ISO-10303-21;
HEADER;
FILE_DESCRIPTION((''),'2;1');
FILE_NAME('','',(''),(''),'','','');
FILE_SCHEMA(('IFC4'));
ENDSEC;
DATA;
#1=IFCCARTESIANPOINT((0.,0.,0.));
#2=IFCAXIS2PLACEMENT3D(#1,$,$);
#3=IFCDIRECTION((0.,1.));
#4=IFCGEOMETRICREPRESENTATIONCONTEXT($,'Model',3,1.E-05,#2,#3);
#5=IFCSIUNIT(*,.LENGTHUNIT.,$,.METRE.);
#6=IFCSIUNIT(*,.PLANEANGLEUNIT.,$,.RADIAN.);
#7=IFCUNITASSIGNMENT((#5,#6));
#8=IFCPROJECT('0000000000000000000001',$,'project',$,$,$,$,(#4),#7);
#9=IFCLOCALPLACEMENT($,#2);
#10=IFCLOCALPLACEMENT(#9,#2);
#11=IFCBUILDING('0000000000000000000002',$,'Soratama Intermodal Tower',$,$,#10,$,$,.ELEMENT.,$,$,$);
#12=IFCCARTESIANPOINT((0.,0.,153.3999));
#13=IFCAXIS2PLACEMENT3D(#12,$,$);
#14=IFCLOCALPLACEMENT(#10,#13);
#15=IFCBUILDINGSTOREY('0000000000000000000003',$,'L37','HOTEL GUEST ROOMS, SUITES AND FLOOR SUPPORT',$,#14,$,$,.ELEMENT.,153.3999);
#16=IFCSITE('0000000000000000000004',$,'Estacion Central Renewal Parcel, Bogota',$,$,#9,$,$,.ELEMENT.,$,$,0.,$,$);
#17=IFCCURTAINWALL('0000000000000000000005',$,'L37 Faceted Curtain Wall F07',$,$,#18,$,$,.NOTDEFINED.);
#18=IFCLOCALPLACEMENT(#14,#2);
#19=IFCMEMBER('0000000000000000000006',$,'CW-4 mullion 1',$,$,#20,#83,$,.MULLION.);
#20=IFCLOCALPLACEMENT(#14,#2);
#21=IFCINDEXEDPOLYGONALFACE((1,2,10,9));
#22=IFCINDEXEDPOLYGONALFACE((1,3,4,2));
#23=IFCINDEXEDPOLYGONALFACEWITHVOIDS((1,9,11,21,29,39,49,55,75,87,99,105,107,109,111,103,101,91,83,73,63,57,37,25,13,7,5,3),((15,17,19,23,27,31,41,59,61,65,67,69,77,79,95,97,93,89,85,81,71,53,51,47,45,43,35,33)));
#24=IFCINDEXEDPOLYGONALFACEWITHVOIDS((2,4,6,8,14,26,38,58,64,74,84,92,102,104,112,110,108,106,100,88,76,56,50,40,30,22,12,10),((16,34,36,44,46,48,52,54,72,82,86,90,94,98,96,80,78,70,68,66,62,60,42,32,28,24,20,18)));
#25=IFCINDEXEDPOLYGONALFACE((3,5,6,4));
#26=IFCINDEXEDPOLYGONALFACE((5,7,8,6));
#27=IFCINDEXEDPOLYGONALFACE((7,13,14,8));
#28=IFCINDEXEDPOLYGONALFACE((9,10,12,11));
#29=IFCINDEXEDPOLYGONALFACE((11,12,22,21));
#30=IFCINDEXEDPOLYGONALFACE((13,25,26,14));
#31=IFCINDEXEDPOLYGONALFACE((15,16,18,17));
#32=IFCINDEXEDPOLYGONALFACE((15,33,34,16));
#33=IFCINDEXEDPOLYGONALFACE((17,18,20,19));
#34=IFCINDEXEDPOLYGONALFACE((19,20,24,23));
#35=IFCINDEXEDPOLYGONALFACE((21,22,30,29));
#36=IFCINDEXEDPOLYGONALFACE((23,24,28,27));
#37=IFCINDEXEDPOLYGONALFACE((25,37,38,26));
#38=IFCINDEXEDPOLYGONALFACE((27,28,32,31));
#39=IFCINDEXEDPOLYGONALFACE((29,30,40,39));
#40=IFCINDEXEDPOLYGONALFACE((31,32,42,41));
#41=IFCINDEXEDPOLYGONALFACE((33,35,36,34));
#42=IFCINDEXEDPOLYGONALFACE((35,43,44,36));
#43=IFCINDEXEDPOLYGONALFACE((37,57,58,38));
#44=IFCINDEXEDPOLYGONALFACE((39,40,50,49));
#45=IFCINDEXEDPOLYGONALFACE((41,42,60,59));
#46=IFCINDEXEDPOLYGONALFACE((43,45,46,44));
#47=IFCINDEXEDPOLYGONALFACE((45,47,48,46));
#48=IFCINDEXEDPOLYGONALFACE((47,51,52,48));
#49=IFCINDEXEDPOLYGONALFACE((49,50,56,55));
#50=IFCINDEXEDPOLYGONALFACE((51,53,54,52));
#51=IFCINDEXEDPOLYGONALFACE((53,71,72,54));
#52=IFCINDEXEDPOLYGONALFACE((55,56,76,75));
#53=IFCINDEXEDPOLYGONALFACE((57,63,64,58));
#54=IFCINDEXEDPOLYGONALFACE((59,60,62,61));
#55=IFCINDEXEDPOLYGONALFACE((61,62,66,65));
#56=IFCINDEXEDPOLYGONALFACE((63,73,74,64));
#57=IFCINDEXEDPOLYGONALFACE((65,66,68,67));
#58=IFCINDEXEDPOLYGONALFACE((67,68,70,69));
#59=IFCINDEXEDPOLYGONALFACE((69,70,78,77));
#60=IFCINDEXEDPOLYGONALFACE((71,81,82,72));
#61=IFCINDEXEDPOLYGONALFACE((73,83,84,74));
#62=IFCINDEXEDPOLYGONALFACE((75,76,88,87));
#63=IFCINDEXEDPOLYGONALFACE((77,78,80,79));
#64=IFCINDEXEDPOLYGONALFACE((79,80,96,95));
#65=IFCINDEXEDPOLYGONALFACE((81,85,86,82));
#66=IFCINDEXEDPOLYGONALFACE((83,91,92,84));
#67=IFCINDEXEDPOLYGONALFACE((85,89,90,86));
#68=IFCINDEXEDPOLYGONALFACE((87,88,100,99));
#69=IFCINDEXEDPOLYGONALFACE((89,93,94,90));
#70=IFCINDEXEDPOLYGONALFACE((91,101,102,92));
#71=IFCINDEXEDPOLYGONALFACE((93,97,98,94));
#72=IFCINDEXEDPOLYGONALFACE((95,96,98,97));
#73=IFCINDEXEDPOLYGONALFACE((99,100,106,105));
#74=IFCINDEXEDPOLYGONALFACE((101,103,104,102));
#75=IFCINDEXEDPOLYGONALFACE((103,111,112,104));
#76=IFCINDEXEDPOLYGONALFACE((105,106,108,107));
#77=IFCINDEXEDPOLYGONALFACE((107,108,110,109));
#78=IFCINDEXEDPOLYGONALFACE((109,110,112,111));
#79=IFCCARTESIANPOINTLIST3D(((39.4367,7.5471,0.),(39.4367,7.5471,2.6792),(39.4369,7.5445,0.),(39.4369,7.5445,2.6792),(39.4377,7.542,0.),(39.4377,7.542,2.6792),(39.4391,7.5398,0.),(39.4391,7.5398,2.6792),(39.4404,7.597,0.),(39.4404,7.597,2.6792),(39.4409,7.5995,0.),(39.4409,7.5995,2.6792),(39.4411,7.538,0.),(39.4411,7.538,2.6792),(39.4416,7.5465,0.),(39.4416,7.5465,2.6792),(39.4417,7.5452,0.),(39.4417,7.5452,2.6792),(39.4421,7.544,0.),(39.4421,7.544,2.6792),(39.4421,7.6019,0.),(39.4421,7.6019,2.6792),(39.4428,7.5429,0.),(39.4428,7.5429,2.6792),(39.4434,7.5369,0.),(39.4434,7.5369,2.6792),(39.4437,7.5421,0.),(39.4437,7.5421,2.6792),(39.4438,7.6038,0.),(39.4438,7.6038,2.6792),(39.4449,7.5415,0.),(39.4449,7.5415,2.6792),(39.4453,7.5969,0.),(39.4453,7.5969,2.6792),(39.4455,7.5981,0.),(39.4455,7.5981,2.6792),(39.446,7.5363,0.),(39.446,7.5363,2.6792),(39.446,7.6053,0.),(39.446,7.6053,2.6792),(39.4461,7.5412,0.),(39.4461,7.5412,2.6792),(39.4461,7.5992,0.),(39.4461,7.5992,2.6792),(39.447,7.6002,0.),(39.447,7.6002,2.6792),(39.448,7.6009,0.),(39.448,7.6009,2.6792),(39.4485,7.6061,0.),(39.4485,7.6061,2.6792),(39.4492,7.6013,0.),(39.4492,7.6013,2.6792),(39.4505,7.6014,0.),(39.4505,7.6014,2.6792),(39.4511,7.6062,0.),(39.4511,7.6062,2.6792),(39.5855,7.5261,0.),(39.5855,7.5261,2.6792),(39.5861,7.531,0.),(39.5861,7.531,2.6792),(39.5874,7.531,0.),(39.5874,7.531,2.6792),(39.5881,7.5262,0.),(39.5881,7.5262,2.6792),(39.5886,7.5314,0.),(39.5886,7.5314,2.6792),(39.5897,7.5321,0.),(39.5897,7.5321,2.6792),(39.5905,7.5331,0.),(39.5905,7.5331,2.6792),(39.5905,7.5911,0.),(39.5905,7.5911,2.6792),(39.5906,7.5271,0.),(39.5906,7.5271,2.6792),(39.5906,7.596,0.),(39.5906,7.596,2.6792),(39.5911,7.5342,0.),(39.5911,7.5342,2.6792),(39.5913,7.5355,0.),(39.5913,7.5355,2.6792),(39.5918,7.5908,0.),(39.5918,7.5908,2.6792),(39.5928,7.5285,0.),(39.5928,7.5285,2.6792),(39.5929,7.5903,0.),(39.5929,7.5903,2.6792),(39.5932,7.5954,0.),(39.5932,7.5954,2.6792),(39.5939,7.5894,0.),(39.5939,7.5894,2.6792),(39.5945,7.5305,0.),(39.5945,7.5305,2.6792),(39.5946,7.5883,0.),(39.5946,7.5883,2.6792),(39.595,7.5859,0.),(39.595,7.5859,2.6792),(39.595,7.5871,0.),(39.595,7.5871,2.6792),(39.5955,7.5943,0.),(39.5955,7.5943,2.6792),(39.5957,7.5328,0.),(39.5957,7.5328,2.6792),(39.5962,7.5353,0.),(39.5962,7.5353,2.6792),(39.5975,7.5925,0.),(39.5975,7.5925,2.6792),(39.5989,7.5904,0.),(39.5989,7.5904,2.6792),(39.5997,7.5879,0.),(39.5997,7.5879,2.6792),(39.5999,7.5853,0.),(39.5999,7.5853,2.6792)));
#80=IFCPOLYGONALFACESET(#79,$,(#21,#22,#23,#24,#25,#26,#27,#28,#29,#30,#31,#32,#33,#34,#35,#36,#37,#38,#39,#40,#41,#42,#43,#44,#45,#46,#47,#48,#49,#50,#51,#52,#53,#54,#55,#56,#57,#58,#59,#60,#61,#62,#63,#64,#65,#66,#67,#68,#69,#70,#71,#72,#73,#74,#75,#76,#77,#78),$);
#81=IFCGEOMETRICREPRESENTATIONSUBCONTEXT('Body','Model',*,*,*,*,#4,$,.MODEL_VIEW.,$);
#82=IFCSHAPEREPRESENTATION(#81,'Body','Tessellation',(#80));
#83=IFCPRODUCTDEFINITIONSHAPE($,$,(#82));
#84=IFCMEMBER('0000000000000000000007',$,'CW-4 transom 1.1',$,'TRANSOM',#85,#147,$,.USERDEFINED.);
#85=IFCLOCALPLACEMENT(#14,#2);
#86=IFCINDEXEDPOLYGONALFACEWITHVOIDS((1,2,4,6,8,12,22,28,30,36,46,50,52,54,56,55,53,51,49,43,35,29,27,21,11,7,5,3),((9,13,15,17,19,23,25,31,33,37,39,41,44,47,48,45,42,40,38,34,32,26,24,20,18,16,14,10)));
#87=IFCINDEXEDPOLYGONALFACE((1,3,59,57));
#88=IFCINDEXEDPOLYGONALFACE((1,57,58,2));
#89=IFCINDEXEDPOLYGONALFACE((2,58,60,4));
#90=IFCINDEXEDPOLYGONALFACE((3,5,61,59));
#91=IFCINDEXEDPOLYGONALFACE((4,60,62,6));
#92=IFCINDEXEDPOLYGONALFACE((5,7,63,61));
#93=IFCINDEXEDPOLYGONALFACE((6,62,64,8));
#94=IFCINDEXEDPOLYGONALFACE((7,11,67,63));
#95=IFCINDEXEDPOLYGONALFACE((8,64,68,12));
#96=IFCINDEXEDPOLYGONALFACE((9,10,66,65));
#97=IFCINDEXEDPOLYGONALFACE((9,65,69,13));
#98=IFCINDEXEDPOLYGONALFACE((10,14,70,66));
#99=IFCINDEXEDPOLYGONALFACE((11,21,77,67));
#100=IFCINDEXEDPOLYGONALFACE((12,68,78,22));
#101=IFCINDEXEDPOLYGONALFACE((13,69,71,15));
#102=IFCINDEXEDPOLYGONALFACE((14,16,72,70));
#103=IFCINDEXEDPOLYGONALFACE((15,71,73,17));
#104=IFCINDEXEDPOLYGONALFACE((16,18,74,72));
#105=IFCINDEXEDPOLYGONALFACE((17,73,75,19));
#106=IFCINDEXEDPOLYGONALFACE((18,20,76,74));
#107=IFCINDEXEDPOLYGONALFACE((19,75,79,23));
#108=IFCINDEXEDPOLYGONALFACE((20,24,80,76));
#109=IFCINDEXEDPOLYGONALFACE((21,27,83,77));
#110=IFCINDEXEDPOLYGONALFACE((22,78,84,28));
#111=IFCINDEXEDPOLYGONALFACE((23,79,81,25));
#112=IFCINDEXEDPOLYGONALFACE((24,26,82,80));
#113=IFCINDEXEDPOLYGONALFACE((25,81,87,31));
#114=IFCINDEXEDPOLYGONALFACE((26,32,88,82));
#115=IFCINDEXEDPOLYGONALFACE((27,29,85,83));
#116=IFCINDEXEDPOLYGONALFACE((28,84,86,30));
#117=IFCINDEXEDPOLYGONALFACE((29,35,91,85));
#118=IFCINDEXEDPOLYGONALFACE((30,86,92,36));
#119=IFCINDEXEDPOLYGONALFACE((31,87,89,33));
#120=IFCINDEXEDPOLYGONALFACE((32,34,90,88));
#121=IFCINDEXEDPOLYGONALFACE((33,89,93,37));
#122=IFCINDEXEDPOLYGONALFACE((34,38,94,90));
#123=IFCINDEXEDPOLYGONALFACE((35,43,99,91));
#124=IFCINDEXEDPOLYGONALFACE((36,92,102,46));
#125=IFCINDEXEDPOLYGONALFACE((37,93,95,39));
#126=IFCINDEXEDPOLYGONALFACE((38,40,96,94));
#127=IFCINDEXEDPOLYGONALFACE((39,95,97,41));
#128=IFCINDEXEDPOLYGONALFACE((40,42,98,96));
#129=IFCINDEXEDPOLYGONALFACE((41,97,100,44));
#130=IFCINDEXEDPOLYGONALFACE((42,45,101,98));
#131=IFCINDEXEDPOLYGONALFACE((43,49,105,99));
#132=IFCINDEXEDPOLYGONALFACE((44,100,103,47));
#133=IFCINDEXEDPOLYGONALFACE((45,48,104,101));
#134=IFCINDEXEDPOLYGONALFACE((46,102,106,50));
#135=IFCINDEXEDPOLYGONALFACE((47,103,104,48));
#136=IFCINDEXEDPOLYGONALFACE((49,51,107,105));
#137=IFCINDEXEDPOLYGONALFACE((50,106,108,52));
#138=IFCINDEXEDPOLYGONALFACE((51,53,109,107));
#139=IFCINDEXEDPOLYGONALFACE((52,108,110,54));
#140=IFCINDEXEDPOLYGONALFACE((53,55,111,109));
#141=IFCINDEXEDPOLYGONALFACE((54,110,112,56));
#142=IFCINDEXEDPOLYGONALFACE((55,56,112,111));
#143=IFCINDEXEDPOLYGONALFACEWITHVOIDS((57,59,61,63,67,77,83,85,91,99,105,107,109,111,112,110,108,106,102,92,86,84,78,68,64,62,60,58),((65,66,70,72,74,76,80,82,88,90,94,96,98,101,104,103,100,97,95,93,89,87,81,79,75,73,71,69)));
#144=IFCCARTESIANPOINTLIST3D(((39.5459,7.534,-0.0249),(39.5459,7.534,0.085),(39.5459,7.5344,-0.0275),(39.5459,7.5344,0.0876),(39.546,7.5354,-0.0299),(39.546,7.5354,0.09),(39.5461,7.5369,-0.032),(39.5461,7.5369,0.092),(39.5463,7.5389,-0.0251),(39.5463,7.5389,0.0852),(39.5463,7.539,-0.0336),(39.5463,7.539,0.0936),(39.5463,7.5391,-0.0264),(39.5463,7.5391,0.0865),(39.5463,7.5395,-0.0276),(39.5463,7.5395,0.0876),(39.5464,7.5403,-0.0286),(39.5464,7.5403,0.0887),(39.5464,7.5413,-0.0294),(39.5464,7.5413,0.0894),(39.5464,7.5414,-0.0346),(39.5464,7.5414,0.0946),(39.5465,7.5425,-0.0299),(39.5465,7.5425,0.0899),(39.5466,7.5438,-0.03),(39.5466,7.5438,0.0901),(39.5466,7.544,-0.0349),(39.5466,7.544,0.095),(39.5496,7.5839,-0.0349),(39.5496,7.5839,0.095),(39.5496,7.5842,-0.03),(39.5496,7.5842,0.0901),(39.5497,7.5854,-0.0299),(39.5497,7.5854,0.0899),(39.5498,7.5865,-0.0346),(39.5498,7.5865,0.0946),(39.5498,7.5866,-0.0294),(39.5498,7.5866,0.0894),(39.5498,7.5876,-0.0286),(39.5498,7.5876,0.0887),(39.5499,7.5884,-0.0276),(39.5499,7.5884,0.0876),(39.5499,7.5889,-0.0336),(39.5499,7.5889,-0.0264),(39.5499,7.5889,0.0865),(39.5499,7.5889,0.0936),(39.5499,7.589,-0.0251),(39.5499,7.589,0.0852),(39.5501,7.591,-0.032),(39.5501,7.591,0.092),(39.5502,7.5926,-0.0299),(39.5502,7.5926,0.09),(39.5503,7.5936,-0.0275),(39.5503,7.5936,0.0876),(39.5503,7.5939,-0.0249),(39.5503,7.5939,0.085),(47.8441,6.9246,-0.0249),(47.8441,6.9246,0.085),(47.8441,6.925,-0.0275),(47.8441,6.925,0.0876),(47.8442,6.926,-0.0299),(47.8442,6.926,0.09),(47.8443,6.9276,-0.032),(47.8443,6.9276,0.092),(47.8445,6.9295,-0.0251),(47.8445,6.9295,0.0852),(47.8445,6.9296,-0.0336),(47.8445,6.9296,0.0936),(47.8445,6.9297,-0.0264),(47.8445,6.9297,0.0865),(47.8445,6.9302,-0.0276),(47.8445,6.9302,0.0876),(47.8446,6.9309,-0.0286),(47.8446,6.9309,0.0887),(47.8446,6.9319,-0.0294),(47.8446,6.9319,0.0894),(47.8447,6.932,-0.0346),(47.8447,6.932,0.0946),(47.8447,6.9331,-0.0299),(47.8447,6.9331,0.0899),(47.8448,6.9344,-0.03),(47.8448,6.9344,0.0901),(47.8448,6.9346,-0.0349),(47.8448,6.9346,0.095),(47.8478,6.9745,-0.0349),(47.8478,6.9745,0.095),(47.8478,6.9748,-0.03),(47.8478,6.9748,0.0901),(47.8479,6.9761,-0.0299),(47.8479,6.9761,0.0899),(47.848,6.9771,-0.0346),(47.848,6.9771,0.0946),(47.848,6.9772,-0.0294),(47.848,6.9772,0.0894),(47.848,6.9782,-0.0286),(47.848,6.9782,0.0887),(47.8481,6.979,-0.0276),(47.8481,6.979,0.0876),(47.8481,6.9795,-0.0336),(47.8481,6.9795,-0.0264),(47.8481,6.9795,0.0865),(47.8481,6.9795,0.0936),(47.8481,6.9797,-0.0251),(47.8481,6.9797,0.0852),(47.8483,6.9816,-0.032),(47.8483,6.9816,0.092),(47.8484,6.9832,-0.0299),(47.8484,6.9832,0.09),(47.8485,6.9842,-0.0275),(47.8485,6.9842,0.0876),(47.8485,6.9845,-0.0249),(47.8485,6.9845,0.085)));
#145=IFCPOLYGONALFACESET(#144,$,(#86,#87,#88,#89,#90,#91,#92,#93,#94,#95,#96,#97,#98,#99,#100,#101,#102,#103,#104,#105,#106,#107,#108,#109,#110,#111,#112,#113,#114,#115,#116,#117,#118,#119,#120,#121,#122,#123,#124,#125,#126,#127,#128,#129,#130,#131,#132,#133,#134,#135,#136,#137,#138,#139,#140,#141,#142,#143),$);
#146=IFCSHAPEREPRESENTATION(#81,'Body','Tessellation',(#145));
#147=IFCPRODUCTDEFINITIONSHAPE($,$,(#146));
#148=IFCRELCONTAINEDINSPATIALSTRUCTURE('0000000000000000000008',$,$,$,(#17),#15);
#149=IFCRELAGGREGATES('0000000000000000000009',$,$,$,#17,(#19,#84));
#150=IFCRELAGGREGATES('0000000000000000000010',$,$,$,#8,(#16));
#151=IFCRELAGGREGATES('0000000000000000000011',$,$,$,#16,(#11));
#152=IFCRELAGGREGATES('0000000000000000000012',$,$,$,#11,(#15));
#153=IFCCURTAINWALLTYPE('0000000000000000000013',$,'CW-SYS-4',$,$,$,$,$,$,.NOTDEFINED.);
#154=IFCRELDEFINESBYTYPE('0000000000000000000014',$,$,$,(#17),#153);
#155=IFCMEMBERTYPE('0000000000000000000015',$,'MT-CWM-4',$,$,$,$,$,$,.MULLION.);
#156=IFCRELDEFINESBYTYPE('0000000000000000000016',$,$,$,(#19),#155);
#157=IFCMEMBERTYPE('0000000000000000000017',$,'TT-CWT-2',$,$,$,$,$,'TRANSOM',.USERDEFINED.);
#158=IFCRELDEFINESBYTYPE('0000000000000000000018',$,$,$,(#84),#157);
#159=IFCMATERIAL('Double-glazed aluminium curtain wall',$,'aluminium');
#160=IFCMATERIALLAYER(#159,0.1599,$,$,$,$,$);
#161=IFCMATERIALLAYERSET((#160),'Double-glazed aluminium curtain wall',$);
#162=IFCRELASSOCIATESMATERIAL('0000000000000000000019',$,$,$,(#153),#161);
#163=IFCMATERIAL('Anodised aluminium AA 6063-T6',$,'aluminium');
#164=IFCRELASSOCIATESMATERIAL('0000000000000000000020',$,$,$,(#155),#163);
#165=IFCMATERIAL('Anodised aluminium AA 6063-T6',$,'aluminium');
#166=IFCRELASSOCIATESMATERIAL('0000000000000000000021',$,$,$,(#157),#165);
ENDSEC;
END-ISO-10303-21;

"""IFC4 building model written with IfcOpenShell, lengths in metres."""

from ifc_helpers import new_model, si_unit, direction, frame, origin, origin_2d, place, context, subcontext, project, spatial, hollow_rectangle, extrude, material, layer, layer_set, material_profile, profile_set, type_object, element, aggregate, save


model = new_model("IFC4")

# Units and contexts
model_context = context("Model", 3, precision=1e-05, world=origin(), true_north=direction((0.0, 1.0)))
body_context = subcontext(model_context, "Body", "Model", "MODEL_VIEW")
ifc_project = project(units=[si_unit("LENGTHUNIT", "METRE"), si_unit("PLANEANGLEUNIT", "RADIAN")], contexts=[model_context])

# Site, building, storey
site_placement = place(None, origin())
site = spatial("IfcSite", under=ifc_project, at=site_placement, Name="Estacion Central Renewal Parcel, Bogota", CompositionType="ELEMENT", RefElevation=0.0)
building_placement = place(site_placement, origin())
building = spatial("IfcBuilding", under=site, at=building_placement, Name="Soratama Intermodal Tower", CompositionType="ELEMENT")
storey_placement = place(building_placement, frame((0.0, 0.0, 153.3999)))
storey = spatial("IfcBuildingStorey", under=building, at=storey_placement, Name="L37", Description="HOTEL GUEST ROOMS, SUITES AND FLOOR SUPPORT", CompositionType="ELEMENT", Elevation=153.3999)

# Shared definitions
ifc_material_1 = material(Name="Double-glazed aluminium curtain wall", Category="aluminium")
ifc_layer_1 = layer(ifc_material_1, 0.1599)
ifc_layer_set_1 = layer_set([ifc_layer_1], Name="Double-glazed aluminium curtain wall")
curtain_wall_type = type_object("IfcCurtainWallType", Name="CW-SYS-4", PredefinedType="NOTDEFINED", material=ifc_layer_set_1)
ifc_material_2 = material(Name="Anodised aluminium AA 6063-T6", Category="aluminium")
ifc_material_profile_1 = material_profile(ifc_material_2, hollow_rectangle(XDim=0.0701, YDim=0.1599, WallThickness=0.0049, InnerFilletRadius=0.0049, OuterFilletRadius=0.01, at=origin_2d()), Name="CWM160X70X5")
ifc_profile_set_1 = profile_set([ifc_material_profile_1], Name="Anodised aluminium AA 6063-T6")
member_type_1 = type_object("IfcMemberType", Name="MT-CWM-4", PredefinedType="MULLION", material=ifc_profile_set_1)

# Curtain wall, members
curtain_wall_1_placement = place(storey_placement, origin())
curtain_wall_1 = element("IfcCurtainWall", 1, at=curtain_wall_1_placement, inside=storey, type_object=curtain_wall_type, Name="L37 Faceted Curtain Wall F07", PredefinedType="NOTDEFINED")
member_1_placement = place(storey_placement, frame((39.5183, 7.5662, 0.0), z_axis=(0.0, 0.0, 1.0), x_axis=(0.073242, 0.997314, 0.0)))
member_1 = element("IfcMember", 2, at=member_1_placement, type_object=member_type_1, Name="CW-4 mullion 1", PredefinedType="MULLION", context=body_context, shape_type="SweptSolid", body=[
    extrude(hollow_rectangle(XDim=0.0701, YDim=0.1599, WallThickness=0.0049, InnerFilletRadius=0.0049, OuterFilletRadius=0.01, at=origin_2d()), origin(), (0.0, 0.0, 1.0), 2.6792),
])
ifc_material_3 = material(Name="Anodised aluminium AA 6063-T6", Category="aluminium")
ifc_material_profile_2 = material_profile(ifc_material_3, hollow_rectangle(XDim=0.0601, YDim=0.1299, WallThickness=0.0049, InnerFilletRadius=0.0049, OuterFilletRadius=0.01, at=origin_2d()), Name="CWT130X60X5")
ifc_profile_set_2 = profile_set([ifc_material_profile_2], Name="Anodised aluminium AA 6063-T6")
member_type_2 = type_object("IfcMemberType", Name="TT-CWT-2", ElementType="TRANSOM", PredefinedType="USERDEFINED", material=ifc_profile_set_2)
member_2_placement = place(storey_placement, frame((39.5481, 7.564, 0.03), z_axis=(0.997314, -0.073238, 0.0), x_axis=(0.073238, 0.997314, 0.0)))
member_2 = element("IfcMember", 3, at=member_2_placement, type_object=member_type_2, Name="CW-4 transom 1.1", ObjectType="TRANSOM", PredefinedType="USERDEFINED", context=body_context, shape_type="SweptSolid", body=[
    extrude(hollow_rectangle(XDim=0.0601, YDim=0.1299, WallThickness=0.0049, InnerFilletRadius=0.0049, OuterFilletRadius=0.01, at=origin_2d()), origin(), (0.0, 0.0, 1.0), 8.3206),
])
aggregate(curtain_wall_1, [member_1, member_2])

save(model, "model.ifc")
